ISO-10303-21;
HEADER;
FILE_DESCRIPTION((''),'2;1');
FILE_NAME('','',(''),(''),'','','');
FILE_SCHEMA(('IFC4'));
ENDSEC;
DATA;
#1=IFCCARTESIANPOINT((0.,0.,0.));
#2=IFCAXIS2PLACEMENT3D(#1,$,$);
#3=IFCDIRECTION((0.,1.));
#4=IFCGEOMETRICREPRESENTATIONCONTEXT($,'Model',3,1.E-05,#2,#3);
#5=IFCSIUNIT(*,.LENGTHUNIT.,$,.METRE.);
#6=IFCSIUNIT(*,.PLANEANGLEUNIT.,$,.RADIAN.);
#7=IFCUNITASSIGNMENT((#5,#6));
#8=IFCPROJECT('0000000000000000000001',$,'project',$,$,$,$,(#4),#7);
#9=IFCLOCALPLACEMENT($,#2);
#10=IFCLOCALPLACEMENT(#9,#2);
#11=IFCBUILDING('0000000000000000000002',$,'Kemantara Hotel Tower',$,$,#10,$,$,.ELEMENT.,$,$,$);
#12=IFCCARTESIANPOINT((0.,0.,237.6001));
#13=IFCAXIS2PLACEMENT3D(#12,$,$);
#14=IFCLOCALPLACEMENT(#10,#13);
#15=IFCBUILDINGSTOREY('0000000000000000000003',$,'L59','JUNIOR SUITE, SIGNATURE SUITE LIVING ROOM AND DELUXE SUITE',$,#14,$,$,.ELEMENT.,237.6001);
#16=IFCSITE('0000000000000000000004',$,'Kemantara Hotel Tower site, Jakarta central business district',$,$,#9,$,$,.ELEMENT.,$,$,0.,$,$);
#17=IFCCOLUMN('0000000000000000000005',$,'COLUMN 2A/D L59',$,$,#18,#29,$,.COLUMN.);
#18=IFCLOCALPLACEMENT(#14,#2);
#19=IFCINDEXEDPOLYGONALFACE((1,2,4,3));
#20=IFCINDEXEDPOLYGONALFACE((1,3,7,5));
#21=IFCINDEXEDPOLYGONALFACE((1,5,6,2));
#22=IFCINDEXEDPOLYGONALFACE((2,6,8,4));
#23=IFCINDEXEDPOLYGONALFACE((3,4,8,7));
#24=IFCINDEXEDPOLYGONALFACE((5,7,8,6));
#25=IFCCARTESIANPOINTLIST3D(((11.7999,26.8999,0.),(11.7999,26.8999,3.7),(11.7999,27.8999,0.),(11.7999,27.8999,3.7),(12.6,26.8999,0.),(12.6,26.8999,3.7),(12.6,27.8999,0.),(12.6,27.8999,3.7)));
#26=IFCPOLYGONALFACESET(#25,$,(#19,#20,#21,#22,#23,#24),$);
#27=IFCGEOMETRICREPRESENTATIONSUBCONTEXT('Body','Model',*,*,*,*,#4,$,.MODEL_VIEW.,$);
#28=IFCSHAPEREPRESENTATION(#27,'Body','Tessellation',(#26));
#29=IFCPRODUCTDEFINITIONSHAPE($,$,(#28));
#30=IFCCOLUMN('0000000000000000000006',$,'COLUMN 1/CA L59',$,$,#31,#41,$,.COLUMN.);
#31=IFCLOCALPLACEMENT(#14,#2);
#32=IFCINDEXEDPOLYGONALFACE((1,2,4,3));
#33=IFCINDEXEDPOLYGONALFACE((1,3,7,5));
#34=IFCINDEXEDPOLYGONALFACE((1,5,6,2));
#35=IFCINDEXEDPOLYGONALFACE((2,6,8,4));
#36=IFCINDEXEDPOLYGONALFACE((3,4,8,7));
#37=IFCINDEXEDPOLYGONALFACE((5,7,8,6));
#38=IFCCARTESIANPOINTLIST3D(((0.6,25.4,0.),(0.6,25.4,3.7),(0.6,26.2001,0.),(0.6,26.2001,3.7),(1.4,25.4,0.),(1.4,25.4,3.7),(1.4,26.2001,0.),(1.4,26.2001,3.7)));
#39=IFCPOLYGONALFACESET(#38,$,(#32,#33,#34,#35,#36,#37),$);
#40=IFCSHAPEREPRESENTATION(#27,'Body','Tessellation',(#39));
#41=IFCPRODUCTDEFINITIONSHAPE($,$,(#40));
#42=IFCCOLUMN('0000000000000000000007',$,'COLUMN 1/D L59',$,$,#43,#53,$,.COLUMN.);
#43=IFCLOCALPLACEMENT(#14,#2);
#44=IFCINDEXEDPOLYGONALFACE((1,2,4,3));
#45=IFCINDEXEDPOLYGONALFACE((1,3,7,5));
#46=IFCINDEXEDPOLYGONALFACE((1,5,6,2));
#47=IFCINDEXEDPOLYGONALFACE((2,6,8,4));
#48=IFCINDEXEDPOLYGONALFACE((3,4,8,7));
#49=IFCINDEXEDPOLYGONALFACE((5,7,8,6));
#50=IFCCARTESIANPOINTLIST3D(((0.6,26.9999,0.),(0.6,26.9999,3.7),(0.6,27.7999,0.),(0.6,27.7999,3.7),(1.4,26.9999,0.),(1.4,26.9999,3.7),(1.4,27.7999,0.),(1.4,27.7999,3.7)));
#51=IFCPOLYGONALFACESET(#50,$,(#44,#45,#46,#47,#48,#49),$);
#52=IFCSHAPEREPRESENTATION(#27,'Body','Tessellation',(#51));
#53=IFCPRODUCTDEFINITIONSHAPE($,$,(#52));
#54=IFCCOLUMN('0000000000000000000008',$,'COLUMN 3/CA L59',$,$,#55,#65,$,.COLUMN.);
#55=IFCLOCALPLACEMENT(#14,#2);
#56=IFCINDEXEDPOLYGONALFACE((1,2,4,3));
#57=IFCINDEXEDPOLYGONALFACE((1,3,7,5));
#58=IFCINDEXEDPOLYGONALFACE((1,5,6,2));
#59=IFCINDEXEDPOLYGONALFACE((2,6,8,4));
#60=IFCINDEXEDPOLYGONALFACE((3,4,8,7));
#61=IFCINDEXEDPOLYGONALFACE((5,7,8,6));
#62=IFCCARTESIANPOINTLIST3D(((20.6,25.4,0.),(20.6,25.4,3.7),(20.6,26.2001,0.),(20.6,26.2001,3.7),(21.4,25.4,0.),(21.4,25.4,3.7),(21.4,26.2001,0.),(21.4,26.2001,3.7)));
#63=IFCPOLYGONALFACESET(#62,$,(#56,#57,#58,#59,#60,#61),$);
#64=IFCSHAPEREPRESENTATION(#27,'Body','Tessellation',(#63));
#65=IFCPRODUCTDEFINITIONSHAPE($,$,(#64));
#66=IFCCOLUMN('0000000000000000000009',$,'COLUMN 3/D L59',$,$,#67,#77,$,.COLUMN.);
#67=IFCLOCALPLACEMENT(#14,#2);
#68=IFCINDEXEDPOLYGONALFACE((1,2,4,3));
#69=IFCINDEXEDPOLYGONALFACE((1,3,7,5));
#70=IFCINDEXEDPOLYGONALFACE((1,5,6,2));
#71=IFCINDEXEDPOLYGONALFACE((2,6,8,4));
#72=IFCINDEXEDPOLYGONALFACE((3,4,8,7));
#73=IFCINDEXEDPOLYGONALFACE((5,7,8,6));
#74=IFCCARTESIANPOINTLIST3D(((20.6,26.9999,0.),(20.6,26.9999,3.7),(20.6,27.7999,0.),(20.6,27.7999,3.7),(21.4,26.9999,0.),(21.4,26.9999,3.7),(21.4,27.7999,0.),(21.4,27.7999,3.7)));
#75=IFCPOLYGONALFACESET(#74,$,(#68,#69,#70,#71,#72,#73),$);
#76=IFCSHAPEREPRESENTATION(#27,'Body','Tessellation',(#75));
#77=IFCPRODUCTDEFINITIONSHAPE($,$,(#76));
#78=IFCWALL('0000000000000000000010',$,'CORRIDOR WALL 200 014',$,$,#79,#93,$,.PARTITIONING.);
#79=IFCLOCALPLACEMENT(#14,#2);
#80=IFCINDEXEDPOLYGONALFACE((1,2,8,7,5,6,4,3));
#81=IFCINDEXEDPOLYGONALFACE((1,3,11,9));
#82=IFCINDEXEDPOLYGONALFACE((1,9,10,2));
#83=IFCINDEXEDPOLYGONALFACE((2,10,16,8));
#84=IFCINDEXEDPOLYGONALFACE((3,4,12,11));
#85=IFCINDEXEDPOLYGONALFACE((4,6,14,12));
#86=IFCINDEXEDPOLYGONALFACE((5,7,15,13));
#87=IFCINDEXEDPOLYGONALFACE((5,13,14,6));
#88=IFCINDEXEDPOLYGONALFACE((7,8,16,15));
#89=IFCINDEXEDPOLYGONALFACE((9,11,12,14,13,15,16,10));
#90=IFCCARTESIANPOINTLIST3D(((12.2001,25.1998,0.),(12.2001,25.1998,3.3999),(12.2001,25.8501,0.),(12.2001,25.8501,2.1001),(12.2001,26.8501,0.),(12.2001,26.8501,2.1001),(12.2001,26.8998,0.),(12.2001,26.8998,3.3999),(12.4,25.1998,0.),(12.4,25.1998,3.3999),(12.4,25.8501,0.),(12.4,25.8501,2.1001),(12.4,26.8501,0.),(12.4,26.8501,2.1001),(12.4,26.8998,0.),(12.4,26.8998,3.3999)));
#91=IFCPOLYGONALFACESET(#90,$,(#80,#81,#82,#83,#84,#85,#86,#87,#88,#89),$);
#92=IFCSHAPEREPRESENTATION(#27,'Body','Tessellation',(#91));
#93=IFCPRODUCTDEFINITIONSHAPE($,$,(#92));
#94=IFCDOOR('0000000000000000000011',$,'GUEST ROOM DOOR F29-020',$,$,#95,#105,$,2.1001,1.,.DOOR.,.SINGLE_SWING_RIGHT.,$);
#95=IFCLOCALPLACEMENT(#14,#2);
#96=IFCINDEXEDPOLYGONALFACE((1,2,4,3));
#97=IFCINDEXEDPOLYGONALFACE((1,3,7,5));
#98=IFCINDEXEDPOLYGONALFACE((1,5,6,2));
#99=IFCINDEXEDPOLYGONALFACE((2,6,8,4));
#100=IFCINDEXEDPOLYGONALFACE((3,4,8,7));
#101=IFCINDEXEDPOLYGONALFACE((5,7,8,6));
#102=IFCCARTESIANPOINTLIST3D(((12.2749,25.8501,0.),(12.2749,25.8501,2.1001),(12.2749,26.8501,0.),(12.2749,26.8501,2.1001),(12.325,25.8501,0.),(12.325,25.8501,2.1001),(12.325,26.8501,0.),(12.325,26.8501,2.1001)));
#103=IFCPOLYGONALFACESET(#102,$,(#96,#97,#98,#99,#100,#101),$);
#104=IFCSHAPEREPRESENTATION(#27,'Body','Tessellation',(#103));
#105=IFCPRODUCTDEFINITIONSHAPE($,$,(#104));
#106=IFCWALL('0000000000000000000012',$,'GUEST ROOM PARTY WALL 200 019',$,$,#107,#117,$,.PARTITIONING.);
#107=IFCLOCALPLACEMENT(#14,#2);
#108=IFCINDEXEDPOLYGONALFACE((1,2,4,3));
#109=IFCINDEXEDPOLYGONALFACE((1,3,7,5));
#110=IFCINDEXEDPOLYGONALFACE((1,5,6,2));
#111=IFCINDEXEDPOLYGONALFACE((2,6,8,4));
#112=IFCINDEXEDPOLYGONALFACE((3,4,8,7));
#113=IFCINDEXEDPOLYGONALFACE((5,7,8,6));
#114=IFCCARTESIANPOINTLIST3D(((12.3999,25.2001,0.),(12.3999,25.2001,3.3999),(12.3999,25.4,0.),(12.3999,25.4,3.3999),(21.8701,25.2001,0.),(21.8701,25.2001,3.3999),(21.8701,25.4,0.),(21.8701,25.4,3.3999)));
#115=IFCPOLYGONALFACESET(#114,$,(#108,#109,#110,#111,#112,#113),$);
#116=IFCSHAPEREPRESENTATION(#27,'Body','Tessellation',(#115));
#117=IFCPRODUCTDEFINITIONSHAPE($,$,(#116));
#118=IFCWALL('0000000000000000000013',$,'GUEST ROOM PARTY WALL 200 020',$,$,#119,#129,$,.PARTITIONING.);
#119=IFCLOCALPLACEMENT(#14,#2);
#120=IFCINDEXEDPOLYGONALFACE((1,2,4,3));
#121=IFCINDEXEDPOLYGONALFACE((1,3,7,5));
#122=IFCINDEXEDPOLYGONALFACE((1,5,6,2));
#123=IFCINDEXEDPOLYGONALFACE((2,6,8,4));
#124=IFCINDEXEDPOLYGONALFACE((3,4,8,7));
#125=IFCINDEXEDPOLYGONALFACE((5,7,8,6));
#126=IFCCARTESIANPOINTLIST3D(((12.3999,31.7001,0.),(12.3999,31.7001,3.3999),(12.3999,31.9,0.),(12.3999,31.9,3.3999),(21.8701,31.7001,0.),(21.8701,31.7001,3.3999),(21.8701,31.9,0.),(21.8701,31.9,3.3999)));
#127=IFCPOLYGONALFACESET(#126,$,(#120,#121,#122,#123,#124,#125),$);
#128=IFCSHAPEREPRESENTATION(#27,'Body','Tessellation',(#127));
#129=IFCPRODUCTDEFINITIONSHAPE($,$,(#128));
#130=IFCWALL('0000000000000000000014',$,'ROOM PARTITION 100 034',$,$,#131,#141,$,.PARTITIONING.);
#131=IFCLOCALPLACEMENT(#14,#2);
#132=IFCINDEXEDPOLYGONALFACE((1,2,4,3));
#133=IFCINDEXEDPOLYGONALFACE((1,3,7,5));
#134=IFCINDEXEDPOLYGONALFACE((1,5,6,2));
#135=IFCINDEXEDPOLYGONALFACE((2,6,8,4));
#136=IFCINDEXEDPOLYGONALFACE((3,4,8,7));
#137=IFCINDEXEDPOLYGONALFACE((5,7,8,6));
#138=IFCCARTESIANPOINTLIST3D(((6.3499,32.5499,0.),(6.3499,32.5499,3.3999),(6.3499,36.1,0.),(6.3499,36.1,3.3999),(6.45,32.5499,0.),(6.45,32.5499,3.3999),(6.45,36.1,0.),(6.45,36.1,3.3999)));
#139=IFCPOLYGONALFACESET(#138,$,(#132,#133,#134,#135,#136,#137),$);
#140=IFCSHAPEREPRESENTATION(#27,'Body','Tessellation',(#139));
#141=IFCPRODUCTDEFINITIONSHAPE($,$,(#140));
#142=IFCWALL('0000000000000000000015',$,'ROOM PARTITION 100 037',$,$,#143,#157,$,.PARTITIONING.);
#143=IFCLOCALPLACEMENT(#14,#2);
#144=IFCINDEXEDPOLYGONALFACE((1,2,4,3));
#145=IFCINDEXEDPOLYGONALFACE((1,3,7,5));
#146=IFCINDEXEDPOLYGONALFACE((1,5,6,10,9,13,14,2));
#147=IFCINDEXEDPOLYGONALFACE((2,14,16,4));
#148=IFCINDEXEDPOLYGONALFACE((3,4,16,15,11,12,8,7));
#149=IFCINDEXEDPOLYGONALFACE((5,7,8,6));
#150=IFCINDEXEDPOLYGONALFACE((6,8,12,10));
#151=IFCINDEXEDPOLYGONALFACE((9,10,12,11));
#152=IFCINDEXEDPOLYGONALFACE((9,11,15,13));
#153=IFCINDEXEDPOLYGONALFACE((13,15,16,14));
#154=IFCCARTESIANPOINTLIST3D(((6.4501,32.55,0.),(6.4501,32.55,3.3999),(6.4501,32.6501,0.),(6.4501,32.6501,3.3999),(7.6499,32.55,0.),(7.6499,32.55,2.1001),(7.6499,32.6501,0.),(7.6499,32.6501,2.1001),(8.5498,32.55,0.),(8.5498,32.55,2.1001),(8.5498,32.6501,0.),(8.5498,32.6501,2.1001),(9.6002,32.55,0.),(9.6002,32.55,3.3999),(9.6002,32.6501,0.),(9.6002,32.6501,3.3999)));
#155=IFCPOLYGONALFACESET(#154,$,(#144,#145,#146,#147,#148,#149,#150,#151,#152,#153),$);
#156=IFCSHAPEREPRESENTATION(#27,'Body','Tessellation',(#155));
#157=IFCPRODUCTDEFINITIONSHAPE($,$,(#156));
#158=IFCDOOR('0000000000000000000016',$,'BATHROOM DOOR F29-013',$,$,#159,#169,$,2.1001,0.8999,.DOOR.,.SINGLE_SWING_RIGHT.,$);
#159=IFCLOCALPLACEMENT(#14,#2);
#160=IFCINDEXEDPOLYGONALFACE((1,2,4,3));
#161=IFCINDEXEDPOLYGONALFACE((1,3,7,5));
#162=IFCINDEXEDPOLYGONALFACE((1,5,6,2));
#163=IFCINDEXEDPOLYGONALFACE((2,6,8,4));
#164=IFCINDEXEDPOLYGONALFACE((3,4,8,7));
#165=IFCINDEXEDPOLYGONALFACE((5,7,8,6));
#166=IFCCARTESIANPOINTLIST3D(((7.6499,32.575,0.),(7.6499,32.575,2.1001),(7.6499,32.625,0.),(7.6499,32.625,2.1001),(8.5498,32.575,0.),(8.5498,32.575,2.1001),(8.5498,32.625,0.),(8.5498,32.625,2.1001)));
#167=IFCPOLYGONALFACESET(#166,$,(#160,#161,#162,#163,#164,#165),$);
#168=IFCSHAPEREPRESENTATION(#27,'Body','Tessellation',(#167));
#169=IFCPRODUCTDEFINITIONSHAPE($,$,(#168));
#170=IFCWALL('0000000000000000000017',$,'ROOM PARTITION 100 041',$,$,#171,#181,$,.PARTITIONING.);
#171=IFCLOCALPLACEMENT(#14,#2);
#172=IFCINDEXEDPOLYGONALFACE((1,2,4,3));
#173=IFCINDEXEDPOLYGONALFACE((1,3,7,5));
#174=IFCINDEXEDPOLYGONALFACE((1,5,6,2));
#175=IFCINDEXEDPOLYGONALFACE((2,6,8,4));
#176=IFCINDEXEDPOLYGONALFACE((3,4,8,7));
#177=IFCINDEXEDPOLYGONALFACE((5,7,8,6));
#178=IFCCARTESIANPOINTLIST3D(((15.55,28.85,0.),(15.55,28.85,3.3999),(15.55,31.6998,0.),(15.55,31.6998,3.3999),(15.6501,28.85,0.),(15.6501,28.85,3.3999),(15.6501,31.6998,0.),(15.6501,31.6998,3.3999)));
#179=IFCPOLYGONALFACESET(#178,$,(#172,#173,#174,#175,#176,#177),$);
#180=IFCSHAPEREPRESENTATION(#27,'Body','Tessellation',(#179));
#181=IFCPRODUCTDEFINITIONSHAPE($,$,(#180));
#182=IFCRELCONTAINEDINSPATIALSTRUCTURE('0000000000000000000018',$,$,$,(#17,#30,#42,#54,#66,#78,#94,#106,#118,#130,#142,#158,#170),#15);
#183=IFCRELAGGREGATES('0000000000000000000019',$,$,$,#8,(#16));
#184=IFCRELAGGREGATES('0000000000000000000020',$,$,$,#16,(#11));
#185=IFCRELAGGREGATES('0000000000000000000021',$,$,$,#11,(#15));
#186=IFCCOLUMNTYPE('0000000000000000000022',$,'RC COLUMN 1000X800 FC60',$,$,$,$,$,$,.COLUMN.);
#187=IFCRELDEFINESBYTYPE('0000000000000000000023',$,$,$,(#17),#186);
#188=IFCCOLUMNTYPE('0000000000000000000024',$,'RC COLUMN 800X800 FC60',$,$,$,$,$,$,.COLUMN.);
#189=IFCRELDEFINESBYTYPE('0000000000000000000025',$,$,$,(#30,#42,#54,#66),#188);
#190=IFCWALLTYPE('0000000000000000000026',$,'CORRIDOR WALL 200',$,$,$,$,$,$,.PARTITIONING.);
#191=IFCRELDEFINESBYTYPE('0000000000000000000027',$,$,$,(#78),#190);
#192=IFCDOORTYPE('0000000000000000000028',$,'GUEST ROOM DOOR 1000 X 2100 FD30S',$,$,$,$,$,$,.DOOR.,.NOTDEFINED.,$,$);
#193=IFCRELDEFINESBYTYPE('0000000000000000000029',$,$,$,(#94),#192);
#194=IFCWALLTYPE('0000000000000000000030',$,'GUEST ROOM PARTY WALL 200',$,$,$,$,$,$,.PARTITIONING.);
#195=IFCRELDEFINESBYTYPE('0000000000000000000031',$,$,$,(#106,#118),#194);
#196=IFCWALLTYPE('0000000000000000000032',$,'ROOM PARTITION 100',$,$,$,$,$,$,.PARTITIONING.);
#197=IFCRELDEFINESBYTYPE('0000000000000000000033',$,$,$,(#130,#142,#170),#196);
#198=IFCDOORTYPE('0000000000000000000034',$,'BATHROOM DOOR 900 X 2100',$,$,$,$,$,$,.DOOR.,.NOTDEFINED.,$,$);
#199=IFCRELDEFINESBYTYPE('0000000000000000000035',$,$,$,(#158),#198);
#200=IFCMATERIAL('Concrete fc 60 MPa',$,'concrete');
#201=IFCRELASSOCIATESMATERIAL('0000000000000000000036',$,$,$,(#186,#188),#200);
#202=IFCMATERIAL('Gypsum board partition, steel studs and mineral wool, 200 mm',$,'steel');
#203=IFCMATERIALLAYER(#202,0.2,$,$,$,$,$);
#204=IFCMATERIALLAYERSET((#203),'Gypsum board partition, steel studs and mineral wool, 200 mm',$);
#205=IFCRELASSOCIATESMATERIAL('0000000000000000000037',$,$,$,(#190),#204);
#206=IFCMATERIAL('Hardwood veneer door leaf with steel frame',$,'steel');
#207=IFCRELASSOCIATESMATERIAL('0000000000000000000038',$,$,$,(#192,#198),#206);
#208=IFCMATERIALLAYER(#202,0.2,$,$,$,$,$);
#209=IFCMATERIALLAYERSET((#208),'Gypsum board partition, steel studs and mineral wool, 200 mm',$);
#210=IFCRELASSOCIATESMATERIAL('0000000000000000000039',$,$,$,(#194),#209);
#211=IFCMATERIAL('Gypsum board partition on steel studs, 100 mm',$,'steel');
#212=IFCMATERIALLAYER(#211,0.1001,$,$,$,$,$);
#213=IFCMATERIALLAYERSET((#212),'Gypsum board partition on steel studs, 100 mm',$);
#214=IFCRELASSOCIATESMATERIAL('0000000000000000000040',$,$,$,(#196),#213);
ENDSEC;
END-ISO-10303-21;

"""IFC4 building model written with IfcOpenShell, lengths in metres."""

from ifc_helpers import new_model, si_unit, direction, frame, frame_2d, origin, origin_2d, place, context, subcontext, project, spatial, rectangle, extrude, material, layer, layer_set, material_profile, profile_set, type_object, element, fill, save


model = new_model("IFC4")

# Units and contexts
model_context = context("Model", 3, precision=1e-05, world=origin(), true_north=direction((0.0, 1.0)))
body_context = subcontext(model_context, "Body", "Model", "MODEL_VIEW")
ifc_project = project(units=[si_unit("LENGTHUNIT", "METRE"), si_unit("PLANEANGLEUNIT", "RADIAN")], contexts=[model_context])

# Site, building, storey
site_placement = place(None, origin())
site = spatial("IfcSite", under=ifc_project, at=site_placement, Name="Kemantara Hotel Tower site, Jakarta central business district", CompositionType="ELEMENT", RefElevation=0.0)
building_placement = place(site_placement, origin())
building = spatial("IfcBuilding", under=site, at=building_placement, Name="Kemantara Hotel Tower", CompositionType="ELEMENT")
storey_placement = place(building_placement, frame((0.0, 0.0, 237.6001)))
storey = spatial("IfcBuildingStorey", under=building, at=storey_placement, Name="L59", Description="JUNIOR SUITE, SIGNATURE SUITE LIVING ROOM AND DELUXE SUITE", CompositionType="ELEMENT", Elevation=237.6001)

# Columns
ifc_material_1 = material(Name="Concrete fc 60 MPa", Category="concrete")
ifc_material_profile_1 = material_profile(ifc_material_1, rectangle(XDim=1.0, YDim=0.8, at=origin_2d()), Name="RC 1000X800")
ifc_profile_set_1 = profile_set([ifc_material_profile_1], Name="Concrete fc 60 MPa")
column_type_1 = type_object("IfcColumnType", Name="RC COLUMN 1000X800 FC60", PredefinedType="COLUMN", material=ifc_profile_set_1)
column_placement = place(storey_placement, frame((12.2, 27.3999, 0.0), z_axis=(0.0, 0.0, 1.0), x_axis=(0.0, 1.0, 0.0)))
element("IfcColumn", 1, at=column_placement, inside=storey, type_object=column_type_1, Name="COLUMN 2A/D L59", PredefinedType="COLUMN", context=body_context, shape_type="SweptSolid", body=[
    extrude(rectangle(XDim=1.0, YDim=0.8, at=origin_2d()), origin(), (0.0, 0.0, 1.0), 3.7),
])
ifc_material_profile_2 = material_profile(ifc_material_1, rectangle(XDim=0.8, YDim=0.8, at=origin_2d()), Name="RC 800X800")
ifc_profile_set_2 = profile_set([ifc_material_profile_2], Name="Concrete fc 60 MPa")
column_type_2 = type_object("IfcColumnType", Name="RC COLUMN 800X800 FC60", PredefinedType="COLUMN", material=ifc_profile_set_2)
for number, where, z_axis, x_axis, name in (
    (2, (1.0, 25.8, 0.0), (0.0, 0.0, 1.0), (1.0, 0.0, 0.0), "COLUMN 1/CA L59"),
    (3, (1.0, 27.3999, 0.0), (0.0, 0.0, 1.0), (1.0, 0.0, 0.0), "COLUMN 1/D L59"),
    (4, (21.0, 25.8, 0.0), (0.0, 0.0, 1.0), (1.0, 0.0, 0.0), "COLUMN 3/CA L59"),
    (5, (21.0, 27.3999, 0.0), (0.0, 0.0, 1.0), (1.0, 0.0, 0.0), "COLUMN 3/D L59"),
):
    element("IfcColumn", number, at=place(storey_placement, frame(where, z_axis=z_axis, x_axis=x_axis)), inside=storey, type_object=column_type_2, Name=name, PredefinedType="COLUMN", context=body_context, shape_type="SweptSolid", body=[
        extrude(rectangle(XDim=0.8, YDim=0.8, at=origin_2d()), origin(), (0.0, 0.0, 1.0), 3.7),
    ])

# Wall, opening, door
ifc_material_2 = material(Name="Gypsum board partition, steel studs and mineral wool, 200 mm", Category="steel")
ifc_layer_1 = layer(ifc_material_2, 0.2)
ifc_layer_set_1 = layer_set([ifc_layer_1], Name="Gypsum board partition, steel studs and mineral wool, 200 mm")
wall_type_1 = type_object("IfcWallType", Name="CORRIDOR WALL 200", PredefinedType="PARTITIONING", material=ifc_layer_set_1)
wall_1_placement = place(storey_placement, frame((12.3, 26.8999, 0.0), z_axis=(0.0, 0.0, 1.0), x_axis=(0.0, -1.0, 0.0)))
wall_1 = element("IfcWall", 6, at=wall_1_placement, inside=storey, type_object=wall_type_1, Name="CORRIDOR WALL 200 014", PredefinedType="PARTITIONING", context=body_context, shape_type="SweptSolid", body=[
    extrude(rectangle(XDim=1.7, YDim=0.2, at=frame_2d((0.8501, 0.0))), origin(), (0.0, 0.0, 1.0), 3.3999),
])
opening_1_placement = place(wall_1_placement, frame((0.0498, 0.0, 0.0)))
opening_1 = element("IfcOpeningElement", 7, at=opening_1_placement, cuts=wall_1, PredefinedType="OPENING", context=body_context, shape_type="SweptSolid", body=[
    extrude(rectangle(XDim=1.0, YDim=2.1001, at=frame_2d((0.5, 1.05))), frame((0.0, 0.1099, 0.0), z_axis=(0.0, -1.0, 0.0), x_axis=(1.0, 0.0, 0.0)), (0.0, 0.0, 1.0), 0.22),
])
ifc_material_3 = material(Name="Hardwood veneer door leaf with steel frame", Category="steel")
door_type_1 = type_object("IfcDoorType", Name="GUEST ROOM DOOR 1000 X 2100 FD30S", OperationType="NOTDEFINED", PredefinedType="DOOR", material=ifc_material_3)
door_1_placement = place(opening_1_placement, origin())
door_1 = element("IfcDoor", 8, at=door_1_placement, inside=storey, type_object=door_type_1, Name="GUEST ROOM DOOR F29-020", OperationType="SINGLE_SWING_RIGHT", OverallHeight=2.1001, OverallWidth=1.0, PredefinedType="DOOR", context=body_context, shape_type="SweptSolid", body=[
    extrude(rectangle(XDim=1.0, YDim=2.1001, at=frame_2d((0.5, 1.05))), frame((0.0, 0.0249, 0.0), z_axis=(0.0, -1.0, 0.0), x_axis=(1.0, 0.0, 0.0)), (0.0, 0.0, 1.0), 0.05),
])
fill(opening_1, door_1)

# Walls
ifc_layer_2 = layer(ifc_material_2, 0.2)
ifc_layer_set_2 = layer_set([ifc_layer_2], Name="Gypsum board partition, steel studs and mineral wool, 200 mm")
wall_type_2 = type_object("IfcWallType", Name="GUEST ROOM PARTY WALL 200", PredefinedType="PARTITIONING", material=ifc_layer_set_2)
for number, where, z_axis, x_axis, name in (
    (9, (12.3999, 25.3, 0.0), (0.0, 0.0, 1.0), (1.0, 0.0, 0.0), "GUEST ROOM PARTY WALL 200 019"),
    (10, (12.3999, 31.8, 0.0), (0.0, 0.0, 1.0), (1.0, 0.0, 0.0), "GUEST ROOM PARTY WALL 200 020"),
):
    element("IfcWall", number, at=place(storey_placement, frame(where, z_axis=z_axis, x_axis=x_axis)), inside=storey, type_object=wall_type_2, Name=name, PredefinedType="PARTITIONING", context=body_context, shape_type="SweptSolid", body=[
        extrude(rectangle(XDim=9.4702, YDim=0.2, at=frame_2d((4.7351, 0.0))), origin(), (0.0, 0.0, 1.0), 3.3999),
    ])
ifc_material_4 = material(Name="Gypsum board partition on steel studs, 100 mm", Category="steel")
ifc_layer_3 = layer(ifc_material_4, 0.1001)
ifc_layer_set_3 = layer_set([ifc_layer_3], Name="Gypsum board partition on steel studs, 100 mm")
wall_type_3 = type_object("IfcWallType", Name="ROOM PARTITION 100", PredefinedType="PARTITIONING", material=ifc_layer_set_3)
wall_2_placement = place(storey_placement, frame((6.3999, 32.55, 0.0), z_axis=(0.0, 0.0, 1.0), x_axis=(0.0, 1.0, 0.0)))
element("IfcWall", 11, at=wall_2_placement, inside=storey, type_object=wall_type_3, Name="ROOM PARTITION 100 034", PredefinedType="PARTITIONING", context=body_context, shape_type="SweptSolid", body=[
    extrude(rectangle(XDim=3.55, YDim=0.1001, at=frame_2d((1.7749, 0.0))), origin(), (0.0, 0.0, 1.0), 3.3999),
])

# Wall, opening, door
wall_3_placement = place(storey_placement, frame((6.45, 32.6001, 0.0), z_axis=(0.0, 0.0, 1.0), x_axis=(1.0, 0.0, 0.0)))
wall_3 = element("IfcWall", 12, at=wall_3_placement, inside=storey, type_object=wall_type_3, Name="ROOM PARTITION 100 037", PredefinedType="PARTITIONING", context=body_context, shape_type="SweptSolid", body=[
    extrude(rectangle(XDim=3.1501, YDim=0.1001, at=frame_2d((1.5752, 0.0))), origin(), (0.0, 0.0, 1.0), 3.3999),
])
opening_2_placement = place(wall_3_placement, frame((1.2, 0.0, 0.0)))
opening_2 = element("IfcOpeningElement", 13, at=opening_2_placement, cuts=wall_3, PredefinedType="OPENING", context=body_context, shape_type="SweptSolid", body=[
    extrude(rectangle(XDim=0.8999, YDim=2.1001, at=frame_2d((0.45, 1.05))), frame((0.0, 0.0601, 0.0), z_axis=(0.0, -1.0, 0.0), x_axis=(1.0, 0.0, 0.0)), (0.0, 0.0, 1.0), 0.1201),
])
door_type_2 = type_object("IfcDoorType", Name="BATHROOM DOOR 900 X 2100", OperationType="NOTDEFINED", PredefinedType="DOOR", material=ifc_material_3)
door_2_placement = place(opening_2_placement, origin())
door_2 = element("IfcDoor", 14, at=door_2_placement, inside=storey, type_object=door_type_2, Name="BATHROOM DOOR F29-013", OperationType="SINGLE_SWING_RIGHT", OverallHeight=2.1001, OverallWidth=0.8999, PredefinedType="DOOR", context=body_context, shape_type="SweptSolid", body=[
    extrude(rectangle(XDim=0.8999, YDim=2.1001, at=frame_2d((0.45, 1.05))), frame((0.0, 0.0249, 0.0), z_axis=(0.0, -1.0, 0.0), x_axis=(1.0, 0.0, 0.0)), (0.0, 0.0, 1.0), 0.05),
])
fill(opening_2, door_2)

# Wall
wall_4_placement = place(storey_placement, frame((15.6001, 28.8501, 0.0), z_axis=(0.0, 0.0, 1.0), x_axis=(0.0, 1.0, 0.0)))
element("IfcWall", 15, at=wall_4_placement, inside=storey, type_object=wall_type_3, Name="ROOM PARTITION 100 041", PredefinedType="PARTITIONING", context=body_context, shape_type="SweptSolid", body=[
    extrude(rectangle(XDim=2.8499, YDim=0.1001, at=frame_2d((1.4248, 0.0))), origin(), (0.0, 0.0, 1.0), 3.3999),
])

save(model, "model.ifc")
